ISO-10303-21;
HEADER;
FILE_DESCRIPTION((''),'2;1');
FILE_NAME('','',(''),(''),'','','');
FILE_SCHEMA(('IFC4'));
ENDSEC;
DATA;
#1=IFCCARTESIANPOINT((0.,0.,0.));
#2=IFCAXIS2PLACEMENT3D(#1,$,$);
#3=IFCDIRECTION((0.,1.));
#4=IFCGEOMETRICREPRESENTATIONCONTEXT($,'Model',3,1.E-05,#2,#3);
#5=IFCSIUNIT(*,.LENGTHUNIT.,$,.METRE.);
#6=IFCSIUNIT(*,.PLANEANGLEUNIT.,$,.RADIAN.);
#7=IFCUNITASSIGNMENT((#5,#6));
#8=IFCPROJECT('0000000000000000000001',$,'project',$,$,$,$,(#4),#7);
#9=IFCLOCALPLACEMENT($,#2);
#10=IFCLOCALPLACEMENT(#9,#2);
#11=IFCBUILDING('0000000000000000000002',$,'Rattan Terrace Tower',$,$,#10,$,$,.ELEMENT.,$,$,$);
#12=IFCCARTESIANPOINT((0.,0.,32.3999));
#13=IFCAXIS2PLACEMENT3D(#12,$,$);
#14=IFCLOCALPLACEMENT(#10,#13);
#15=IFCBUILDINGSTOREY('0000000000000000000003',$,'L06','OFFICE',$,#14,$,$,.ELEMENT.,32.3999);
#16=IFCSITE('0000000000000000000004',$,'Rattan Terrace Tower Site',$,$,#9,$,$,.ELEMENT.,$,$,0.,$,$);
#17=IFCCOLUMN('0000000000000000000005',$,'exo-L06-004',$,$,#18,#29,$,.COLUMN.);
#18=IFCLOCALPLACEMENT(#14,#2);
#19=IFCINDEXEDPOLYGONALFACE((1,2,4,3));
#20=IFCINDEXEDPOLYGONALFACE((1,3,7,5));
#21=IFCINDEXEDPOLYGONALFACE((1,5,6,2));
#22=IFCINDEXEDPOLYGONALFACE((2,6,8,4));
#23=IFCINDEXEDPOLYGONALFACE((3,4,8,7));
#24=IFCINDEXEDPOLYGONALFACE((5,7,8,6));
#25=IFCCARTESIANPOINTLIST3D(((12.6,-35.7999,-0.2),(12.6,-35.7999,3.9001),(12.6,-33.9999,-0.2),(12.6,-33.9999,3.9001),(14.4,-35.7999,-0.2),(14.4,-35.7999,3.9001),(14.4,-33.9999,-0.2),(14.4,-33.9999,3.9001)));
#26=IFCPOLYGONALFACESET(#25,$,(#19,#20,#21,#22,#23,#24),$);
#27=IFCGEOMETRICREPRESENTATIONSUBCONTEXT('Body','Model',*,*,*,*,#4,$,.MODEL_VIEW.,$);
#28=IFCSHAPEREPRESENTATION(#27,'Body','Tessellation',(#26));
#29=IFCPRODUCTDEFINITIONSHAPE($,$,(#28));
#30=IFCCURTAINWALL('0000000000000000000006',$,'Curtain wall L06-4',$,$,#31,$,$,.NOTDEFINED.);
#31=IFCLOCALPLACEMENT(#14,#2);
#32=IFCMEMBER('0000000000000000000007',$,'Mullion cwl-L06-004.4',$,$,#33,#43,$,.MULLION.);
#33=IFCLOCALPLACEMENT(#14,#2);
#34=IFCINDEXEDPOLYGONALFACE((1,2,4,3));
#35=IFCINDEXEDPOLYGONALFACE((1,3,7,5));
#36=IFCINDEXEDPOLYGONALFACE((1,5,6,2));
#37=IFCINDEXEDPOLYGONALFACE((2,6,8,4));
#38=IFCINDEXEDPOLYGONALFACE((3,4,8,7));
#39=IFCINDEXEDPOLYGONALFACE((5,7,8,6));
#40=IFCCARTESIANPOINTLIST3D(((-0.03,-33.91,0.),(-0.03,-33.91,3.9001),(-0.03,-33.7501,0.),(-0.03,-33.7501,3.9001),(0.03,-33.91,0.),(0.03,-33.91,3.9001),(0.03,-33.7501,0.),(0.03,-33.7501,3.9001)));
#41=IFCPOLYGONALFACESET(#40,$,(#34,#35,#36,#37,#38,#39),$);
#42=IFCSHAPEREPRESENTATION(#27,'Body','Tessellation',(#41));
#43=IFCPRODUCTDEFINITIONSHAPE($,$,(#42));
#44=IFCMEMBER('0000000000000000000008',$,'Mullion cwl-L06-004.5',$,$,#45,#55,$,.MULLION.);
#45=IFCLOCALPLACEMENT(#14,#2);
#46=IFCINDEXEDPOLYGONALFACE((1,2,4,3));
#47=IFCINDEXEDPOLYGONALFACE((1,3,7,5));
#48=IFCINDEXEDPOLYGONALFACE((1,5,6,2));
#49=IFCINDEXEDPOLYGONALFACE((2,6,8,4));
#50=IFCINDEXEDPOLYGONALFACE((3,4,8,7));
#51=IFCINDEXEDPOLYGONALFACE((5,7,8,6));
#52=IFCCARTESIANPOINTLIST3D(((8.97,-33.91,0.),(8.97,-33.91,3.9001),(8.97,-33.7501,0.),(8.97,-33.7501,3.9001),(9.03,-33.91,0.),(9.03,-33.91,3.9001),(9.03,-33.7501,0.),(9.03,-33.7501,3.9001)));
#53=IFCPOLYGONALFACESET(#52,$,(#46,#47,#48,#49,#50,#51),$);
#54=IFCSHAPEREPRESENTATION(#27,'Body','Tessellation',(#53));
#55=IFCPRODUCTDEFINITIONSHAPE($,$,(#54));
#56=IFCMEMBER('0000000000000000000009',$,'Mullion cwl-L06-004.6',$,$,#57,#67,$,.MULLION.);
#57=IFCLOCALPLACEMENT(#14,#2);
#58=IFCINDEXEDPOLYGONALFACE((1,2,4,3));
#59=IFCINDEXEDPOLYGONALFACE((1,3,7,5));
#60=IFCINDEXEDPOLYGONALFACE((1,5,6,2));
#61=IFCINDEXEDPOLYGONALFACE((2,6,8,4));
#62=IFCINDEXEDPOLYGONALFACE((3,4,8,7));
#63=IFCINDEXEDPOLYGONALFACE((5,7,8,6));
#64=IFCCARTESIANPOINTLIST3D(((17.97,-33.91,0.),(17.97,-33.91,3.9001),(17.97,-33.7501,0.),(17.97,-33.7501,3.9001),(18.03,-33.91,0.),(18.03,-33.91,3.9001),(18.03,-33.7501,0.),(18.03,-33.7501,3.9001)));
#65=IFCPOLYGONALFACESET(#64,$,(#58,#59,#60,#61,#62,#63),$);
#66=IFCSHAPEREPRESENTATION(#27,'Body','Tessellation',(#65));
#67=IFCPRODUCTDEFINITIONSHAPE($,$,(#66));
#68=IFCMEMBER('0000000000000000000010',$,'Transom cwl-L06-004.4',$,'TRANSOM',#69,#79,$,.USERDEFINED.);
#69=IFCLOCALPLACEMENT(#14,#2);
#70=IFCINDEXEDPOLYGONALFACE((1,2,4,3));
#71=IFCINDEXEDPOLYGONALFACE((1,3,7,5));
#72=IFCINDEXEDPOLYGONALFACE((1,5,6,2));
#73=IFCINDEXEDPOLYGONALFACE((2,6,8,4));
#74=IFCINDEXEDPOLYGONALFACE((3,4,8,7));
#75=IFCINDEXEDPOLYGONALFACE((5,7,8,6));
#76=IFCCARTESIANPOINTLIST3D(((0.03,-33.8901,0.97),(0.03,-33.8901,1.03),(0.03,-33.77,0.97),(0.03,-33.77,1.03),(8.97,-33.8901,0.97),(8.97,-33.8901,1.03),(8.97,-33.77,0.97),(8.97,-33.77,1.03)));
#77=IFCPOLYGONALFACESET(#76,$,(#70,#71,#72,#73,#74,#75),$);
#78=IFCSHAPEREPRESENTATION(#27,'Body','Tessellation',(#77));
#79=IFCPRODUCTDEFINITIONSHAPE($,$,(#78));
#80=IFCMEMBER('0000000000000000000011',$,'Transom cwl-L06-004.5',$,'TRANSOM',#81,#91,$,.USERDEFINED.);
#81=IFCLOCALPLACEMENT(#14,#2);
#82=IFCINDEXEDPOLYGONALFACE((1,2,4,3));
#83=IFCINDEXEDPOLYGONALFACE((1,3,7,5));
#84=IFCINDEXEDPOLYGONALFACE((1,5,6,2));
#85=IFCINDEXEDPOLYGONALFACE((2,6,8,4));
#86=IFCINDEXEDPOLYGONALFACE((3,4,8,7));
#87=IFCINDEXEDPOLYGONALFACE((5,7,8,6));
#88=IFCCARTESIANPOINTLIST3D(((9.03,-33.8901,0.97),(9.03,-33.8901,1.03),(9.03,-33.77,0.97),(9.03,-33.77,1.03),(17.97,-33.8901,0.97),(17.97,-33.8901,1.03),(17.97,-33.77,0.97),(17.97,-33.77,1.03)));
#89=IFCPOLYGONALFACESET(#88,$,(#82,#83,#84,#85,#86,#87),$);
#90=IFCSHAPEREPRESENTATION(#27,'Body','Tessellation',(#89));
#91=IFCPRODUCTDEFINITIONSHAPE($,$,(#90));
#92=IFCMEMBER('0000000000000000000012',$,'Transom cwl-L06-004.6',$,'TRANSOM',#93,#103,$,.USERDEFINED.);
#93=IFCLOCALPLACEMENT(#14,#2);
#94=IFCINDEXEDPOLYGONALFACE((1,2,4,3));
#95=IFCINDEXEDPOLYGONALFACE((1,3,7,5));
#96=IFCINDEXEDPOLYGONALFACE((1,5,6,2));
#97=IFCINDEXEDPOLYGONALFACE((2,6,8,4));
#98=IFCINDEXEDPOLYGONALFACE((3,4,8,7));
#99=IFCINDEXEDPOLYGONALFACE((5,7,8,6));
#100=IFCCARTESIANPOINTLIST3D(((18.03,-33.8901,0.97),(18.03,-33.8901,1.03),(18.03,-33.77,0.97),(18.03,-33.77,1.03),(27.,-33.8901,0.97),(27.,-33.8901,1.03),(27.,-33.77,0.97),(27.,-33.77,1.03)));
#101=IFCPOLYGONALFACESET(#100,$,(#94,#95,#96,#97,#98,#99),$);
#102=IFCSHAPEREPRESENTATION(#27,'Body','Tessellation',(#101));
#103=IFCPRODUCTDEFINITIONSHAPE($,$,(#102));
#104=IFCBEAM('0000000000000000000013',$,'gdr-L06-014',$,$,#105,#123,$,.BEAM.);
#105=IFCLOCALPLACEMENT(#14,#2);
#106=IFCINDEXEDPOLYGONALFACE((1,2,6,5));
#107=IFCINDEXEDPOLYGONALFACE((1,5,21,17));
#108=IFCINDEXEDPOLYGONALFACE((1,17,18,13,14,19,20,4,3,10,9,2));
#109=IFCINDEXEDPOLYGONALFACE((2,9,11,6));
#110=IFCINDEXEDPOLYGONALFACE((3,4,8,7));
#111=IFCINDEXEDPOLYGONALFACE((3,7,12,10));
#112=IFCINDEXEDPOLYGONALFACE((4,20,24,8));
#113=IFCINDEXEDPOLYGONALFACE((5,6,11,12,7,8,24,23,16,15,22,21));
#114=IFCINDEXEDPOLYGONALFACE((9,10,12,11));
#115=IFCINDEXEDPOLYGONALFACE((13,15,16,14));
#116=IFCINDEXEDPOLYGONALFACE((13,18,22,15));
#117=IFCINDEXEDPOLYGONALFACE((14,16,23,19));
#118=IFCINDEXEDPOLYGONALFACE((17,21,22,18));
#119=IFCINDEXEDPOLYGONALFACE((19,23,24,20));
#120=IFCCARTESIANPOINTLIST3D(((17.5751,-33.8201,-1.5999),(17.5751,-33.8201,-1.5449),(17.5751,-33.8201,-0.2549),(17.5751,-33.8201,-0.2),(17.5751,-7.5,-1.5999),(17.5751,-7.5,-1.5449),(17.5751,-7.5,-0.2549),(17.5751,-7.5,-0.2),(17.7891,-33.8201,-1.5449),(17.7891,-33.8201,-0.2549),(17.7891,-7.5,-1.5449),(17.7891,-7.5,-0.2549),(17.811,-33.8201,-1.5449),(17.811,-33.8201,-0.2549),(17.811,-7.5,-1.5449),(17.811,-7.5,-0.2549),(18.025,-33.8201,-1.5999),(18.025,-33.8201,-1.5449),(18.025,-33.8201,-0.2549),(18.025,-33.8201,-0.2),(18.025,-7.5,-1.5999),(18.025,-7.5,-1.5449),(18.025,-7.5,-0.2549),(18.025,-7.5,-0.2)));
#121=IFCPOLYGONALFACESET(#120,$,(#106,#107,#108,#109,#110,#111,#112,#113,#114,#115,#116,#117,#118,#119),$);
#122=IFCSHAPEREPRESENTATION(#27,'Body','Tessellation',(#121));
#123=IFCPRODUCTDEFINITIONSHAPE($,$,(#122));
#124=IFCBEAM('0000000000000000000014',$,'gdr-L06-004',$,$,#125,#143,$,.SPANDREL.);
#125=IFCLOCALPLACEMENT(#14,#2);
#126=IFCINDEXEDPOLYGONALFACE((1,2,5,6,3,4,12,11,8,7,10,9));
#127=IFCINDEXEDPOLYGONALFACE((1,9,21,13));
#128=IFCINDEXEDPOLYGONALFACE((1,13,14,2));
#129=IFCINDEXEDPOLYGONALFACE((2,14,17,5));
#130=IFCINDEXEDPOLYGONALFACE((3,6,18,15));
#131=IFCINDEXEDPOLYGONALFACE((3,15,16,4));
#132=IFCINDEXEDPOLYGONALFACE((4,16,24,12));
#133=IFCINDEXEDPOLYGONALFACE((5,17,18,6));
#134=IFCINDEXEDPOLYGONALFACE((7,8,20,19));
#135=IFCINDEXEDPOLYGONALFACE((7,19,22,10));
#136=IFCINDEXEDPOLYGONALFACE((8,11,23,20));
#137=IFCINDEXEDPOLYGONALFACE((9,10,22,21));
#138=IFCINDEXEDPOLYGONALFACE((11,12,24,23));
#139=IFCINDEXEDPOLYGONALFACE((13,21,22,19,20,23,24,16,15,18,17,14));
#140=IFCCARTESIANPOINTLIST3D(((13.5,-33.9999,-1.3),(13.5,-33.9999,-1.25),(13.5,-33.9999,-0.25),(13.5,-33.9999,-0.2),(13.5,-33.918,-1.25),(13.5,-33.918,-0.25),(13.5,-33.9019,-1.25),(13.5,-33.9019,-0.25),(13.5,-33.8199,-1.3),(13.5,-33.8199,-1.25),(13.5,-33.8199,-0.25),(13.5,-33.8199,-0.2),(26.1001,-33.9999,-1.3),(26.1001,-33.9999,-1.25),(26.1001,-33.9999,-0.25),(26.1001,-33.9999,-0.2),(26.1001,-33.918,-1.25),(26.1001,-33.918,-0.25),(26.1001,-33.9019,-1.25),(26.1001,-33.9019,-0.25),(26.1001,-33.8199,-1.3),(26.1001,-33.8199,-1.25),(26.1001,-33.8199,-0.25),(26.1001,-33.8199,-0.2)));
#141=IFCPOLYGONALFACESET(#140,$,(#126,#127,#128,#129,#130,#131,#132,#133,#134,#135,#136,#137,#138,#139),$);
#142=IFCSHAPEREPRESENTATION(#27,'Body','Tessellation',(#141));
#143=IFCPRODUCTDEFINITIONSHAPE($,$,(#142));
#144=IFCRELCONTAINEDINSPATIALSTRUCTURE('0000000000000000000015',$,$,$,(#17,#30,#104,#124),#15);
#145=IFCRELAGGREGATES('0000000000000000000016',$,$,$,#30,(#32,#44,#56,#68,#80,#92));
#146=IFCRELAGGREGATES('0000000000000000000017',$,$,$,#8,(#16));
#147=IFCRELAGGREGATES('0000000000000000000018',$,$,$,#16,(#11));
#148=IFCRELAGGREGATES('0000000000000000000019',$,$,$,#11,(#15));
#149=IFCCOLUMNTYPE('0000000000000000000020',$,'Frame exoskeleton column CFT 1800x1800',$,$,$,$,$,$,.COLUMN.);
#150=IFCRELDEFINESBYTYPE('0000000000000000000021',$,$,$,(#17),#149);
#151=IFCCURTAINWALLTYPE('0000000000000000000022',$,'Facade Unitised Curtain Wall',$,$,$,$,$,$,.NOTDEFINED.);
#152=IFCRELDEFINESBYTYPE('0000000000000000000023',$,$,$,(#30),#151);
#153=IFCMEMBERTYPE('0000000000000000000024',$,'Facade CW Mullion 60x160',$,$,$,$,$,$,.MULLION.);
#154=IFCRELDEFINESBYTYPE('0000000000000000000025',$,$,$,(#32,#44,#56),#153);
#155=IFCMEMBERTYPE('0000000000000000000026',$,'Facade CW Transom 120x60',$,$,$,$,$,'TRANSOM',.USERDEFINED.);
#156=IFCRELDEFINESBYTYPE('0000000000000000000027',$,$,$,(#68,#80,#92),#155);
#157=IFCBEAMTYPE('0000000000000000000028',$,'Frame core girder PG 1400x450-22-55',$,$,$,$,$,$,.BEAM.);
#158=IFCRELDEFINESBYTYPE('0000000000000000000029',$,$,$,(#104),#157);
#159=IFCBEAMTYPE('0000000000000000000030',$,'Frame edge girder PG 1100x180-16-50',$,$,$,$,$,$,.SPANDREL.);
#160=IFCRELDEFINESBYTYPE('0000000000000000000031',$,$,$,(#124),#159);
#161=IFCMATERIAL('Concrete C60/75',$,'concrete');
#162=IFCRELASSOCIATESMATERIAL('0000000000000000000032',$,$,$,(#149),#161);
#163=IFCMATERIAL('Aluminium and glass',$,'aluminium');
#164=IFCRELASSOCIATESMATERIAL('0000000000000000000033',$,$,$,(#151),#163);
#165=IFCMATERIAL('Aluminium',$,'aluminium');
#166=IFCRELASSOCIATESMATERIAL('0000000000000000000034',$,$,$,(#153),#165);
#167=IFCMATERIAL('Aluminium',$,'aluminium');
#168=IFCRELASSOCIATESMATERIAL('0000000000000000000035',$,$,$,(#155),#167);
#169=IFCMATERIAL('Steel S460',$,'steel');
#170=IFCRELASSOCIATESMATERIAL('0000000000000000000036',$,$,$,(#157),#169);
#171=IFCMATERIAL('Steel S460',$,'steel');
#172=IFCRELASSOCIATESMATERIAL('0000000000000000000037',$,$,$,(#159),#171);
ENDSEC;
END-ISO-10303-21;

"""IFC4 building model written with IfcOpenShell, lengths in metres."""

from ifc_helpers import new_model, si_unit, direction, frame, origin, origin_2d, place, context, subcontext, project, spatial, rectangle, i_section, extrude, material, material_profile, profile_set, type_object, element, aggregate, save


model = new_model("IFC4")

# Units and contexts
model_context = context("Model", 3, precision=1e-05, world=origin(), true_north=direction((0.0, 1.0)))
body_context = subcontext(model_context, "Body", "Model", "MODEL_VIEW")
ifc_project = project(units=[si_unit("LENGTHUNIT", "METRE"), si_unit("PLANEANGLEUNIT", "RADIAN")], contexts=[model_context])

# Site, building, storey
site_placement = place(None, origin())
site = spatial("IfcSite", under=ifc_project, at=site_placement, Name="Rattan Terrace Tower Site", CompositionType="ELEMENT", RefElevation=0.0)
building_placement = place(site_placement, origin())
building = spatial("IfcBuilding", under=site, at=building_placement, Name="Rattan Terrace Tower", CompositionType="ELEMENT")
storey_placement = place(building_placement, frame((0.0, 0.0, 32.3999)))
storey = spatial("IfcBuildingStorey", under=building, at=storey_placement, Name="L06", Description="OFFICE", CompositionType="ELEMENT", Elevation=32.3999)

# Column
ifc_material_1 = material(Name="Concrete C60/75", Category="concrete")
ifc_material_profile_1 = material_profile(ifc_material_1, rectangle(XDim=1.8, YDim=1.8, at=origin_2d()), Name="CFT 1800x1800")
ifc_profile_set_1 = profile_set([ifc_material_profile_1], Name="Concrete C60/75")
column_type = type_object("IfcColumnType", Name="Frame exoskeleton column CFT 1800x1800", PredefinedType="COLUMN", material=ifc_profile_set_1)
column_placement = place(storey_placement, frame((13.5, -34.8999, -0.2), z_axis=(0.0, 0.0, 1.0), x_axis=(1.0, 0.0, 0.0)))
element("IfcColumn", 1, at=column_placement, inside=storey, type_object=column_type, Name="exo-L06-004", PredefinedType="COLUMN", context=body_context, shape_type="SweptSolid", body=[
    extrude(rectangle(XDim=1.8, YDim=1.8, at=origin_2d()), origin(), (0.0, 0.0, 1.0), 4.1001),
])

# Curtain wall, members
ifc_material_2 = material(Name="Aluminium and glass", Category="aluminium")
curtain_wall_type = type_object("IfcCurtainWallType", Name="Facade Unitised Curtain Wall", PredefinedType="NOTDEFINED", material=ifc_material_2)
curtain_wall_placement = place(storey_placement, origin())
curtain_wall = element("IfcCurtainWall", 2, at=curtain_wall_placement, inside=storey, type_object=curtain_wall_type, Name="Curtain wall L06-4", PredefinedType="NOTDEFINED")
ifc_material_3 = material(Name="Aluminium", Category="aluminium")
ifc_material_profile_2 = material_profile(ifc_material_3, rectangle(XDim=0.0601, YDim=0.1599, at=origin_2d()), Name="Aluminium 60x160")
ifc_profile_set_2 = profile_set([ifc_material_profile_2], Name="Aluminium")
member_type_1 = type_object("IfcMemberType", Name="Facade CW Mullion 60x160", PredefinedType="MULLION", material=ifc_profile_set_2)
member_1_placement = place(storey_placement, frame((0.0, -33.8301, 0.0), z_axis=(0.0, 0.0, 1.0), x_axis=(1.0, 0.0, 0.0)))
member_1 = element("IfcMember", 3, at=member_1_placement, type_object=member_type_1, Name="Mullion cwl-L06-004.4", PredefinedType="MULLION", context=body_context, shape_type="SweptSolid", body=[
    extrude(rectangle(XDim=0.0601, YDim=0.1599, at=origin_2d()), origin(), (0.0, 0.0, 1.0), 3.9001),
])
member_2_placement = place(storey_placement, frame((9.0, -33.8301, 0.0), z_axis=(0.0, 0.0, 1.0), x_axis=(1.0, 0.0, 0.0)))
member_2 = element("IfcMember", 4, at=member_2_placement, type_object=member_type_1, Name="Mullion cwl-L06-004.5", PredefinedType="MULLION", context=body_context, shape_type="SweptSolid", body=[
    extrude(rectangle(XDim=0.0601, YDim=0.1599, at=origin_2d()), origin(), (0.0, 0.0, 1.0), 3.9001),
])
member_3_placement = place(storey_placement, frame((18.0, -33.8301, 0.0), z_axis=(0.0, 0.0, 1.0), x_axis=(1.0, 0.0, 0.0)))
member_3 = element("IfcMember", 5, at=member_3_placement, type_object=member_type_1, Name="Mullion cwl-L06-004.6", PredefinedType="MULLION", context=body_context, shape_type="SweptSolid", body=[
    extrude(rectangle(XDim=0.0601, YDim=0.1599, at=origin_2d()), origin(), (0.0, 0.0, 1.0), 3.9001),
])
ifc_material_4 = material(Name="Aluminium", Category="aluminium")
ifc_material_profile_3 = material_profile(ifc_material_4, rectangle(XDim=0.1201, YDim=0.0601, at=origin_2d()), Name="Aluminium 120x60")
ifc_profile_set_3 = profile_set([ifc_material_profile_3], Name="Aluminium")
member_type_2 = type_object("IfcMemberType", Name="Facade CW Transom 120x60", ElementType="TRANSOM", PredefinedType="USERDEFINED", material=ifc_profile_set_3)
member_4_placement = place(storey_placement, frame((0.03, -33.8301, 1.0), z_axis=(1.0, 0.0, 0.0), x_axis=(0.0, 1.0, 0.0)))
member_4 = element("IfcMember", 6, at=member_4_placement, type_object=member_type_2, Name="Transom cwl-L06-004.4", ObjectType="TRANSOM", PredefinedType="USERDEFINED", context=body_context, shape_type="SweptSolid", body=[
    extrude(rectangle(XDim=0.1201, YDim=0.0601, at=origin_2d()), origin(), (0.0, 0.0, 1.0), 8.9399),
])
member_5_placement = place(storey_placement, frame((9.03, -33.8301, 1.0), z_axis=(1.0, 0.0, 0.0), x_axis=(0.0, 1.0, 0.0)))
member_5 = element("IfcMember", 7, at=member_5_placement, type_object=member_type_2, Name="Transom cwl-L06-004.5", ObjectType="TRANSOM", PredefinedType="USERDEFINED", context=body_context, shape_type="SweptSolid", body=[
    extrude(rectangle(XDim=0.1201, YDim=0.0601, at=origin_2d()), origin(), (0.0, 0.0, 1.0), 8.9399),
])
member_6_placement = place(storey_placement, frame((18.03, -33.8301, 1.0), z_axis=(1.0, 0.0, 0.0), x_axis=(0.0, 1.0, 0.0)))
member_6 = element("IfcMember", 8, at=member_6_placement, type_object=member_type_2, Name="Transom cwl-L06-004.6", ObjectType="TRANSOM", PredefinedType="USERDEFINED", context=body_context, shape_type="SweptSolid", body=[
    extrude(rectangle(XDim=0.1201, YDim=0.0601, at=origin_2d()), origin(), (0.0, 0.0, 1.0), 8.97),
])

# Beams
ifc_material_5 = material(Name="Steel S460", Category="steel")
ifc_material_profile_4 = material_profile(ifc_material_5, i_section(OverallWidth=0.45, OverallDepth=1.3999, WebThickness=0.022, FlangeThickness=0.0549, at=origin_2d()), Name="PG 1400x450-22-55")
ifc_profile_set_4 = profile_set([ifc_material_profile_4], Name="Steel S460")
beam_type_1 = type_object("IfcBeamType", Name="Frame core girder PG 1400x450-22-55", PredefinedType="BEAM", material=ifc_profile_set_4)
beam_1_placement = place(storey_placement, frame((17.8, -33.8201, -0.8999), z_axis=(0.0, 1.0, 0.0), x_axis=(-1.0, 0.0, 0.0)))
element("IfcBeam", 9, at=beam_1_placement, inside=storey, type_object=beam_type_1, Name="gdr-L06-014", PredefinedType="BEAM", context=body_context, shape_type="SweptSolid", body=[
    extrude(i_section(OverallWidth=0.45, OverallDepth=1.3999, WebThickness=0.022, FlangeThickness=0.0549, at=origin_2d()), origin(), (0.0, 0.0, 1.0), 26.3201),
])
ifc_material_6 = material(Name="Steel S460", Category="steel")
ifc_material_profile_5 = material_profile(ifc_material_6, i_section(OverallWidth=0.1799, OverallDepth=1.1001, WebThickness=0.0161, FlangeThickness=0.05, at=origin_2d()), Name="PG 1100x180-16-50")
ifc_profile_set_5 = profile_set([ifc_material_profile_5], Name="Steel S460")
beam_type_2 = type_object("IfcBeamType", Name="Frame edge girder PG 1100x180-16-50", PredefinedType="SPANDREL", material=ifc_profile_set_5)
beam_2_placement = place(storey_placement, frame((13.5, -33.9099, -0.75), z_axis=(1.0, 0.0, 0.0), x_axis=(0.0, 1.0, 0.0)))
element("IfcBeam", 10, at=beam_2_placement, inside=storey, type_object=beam_type_2, Name="gdr-L06-004", PredefinedType="SPANDREL", context=body_context, shape_type="SweptSolid", body=[
    extrude(i_section(OverallWidth=0.1799, OverallDepth=1.1001, WebThickness=0.0161, FlangeThickness=0.05, at=origin_2d()), origin(), (0.0, 0.0, 1.0), 12.6001),
])

aggregate(curtain_wall, [member_1, member_2, member_3, member_4, member_5, member_6])

save(model, "model.ifc")
